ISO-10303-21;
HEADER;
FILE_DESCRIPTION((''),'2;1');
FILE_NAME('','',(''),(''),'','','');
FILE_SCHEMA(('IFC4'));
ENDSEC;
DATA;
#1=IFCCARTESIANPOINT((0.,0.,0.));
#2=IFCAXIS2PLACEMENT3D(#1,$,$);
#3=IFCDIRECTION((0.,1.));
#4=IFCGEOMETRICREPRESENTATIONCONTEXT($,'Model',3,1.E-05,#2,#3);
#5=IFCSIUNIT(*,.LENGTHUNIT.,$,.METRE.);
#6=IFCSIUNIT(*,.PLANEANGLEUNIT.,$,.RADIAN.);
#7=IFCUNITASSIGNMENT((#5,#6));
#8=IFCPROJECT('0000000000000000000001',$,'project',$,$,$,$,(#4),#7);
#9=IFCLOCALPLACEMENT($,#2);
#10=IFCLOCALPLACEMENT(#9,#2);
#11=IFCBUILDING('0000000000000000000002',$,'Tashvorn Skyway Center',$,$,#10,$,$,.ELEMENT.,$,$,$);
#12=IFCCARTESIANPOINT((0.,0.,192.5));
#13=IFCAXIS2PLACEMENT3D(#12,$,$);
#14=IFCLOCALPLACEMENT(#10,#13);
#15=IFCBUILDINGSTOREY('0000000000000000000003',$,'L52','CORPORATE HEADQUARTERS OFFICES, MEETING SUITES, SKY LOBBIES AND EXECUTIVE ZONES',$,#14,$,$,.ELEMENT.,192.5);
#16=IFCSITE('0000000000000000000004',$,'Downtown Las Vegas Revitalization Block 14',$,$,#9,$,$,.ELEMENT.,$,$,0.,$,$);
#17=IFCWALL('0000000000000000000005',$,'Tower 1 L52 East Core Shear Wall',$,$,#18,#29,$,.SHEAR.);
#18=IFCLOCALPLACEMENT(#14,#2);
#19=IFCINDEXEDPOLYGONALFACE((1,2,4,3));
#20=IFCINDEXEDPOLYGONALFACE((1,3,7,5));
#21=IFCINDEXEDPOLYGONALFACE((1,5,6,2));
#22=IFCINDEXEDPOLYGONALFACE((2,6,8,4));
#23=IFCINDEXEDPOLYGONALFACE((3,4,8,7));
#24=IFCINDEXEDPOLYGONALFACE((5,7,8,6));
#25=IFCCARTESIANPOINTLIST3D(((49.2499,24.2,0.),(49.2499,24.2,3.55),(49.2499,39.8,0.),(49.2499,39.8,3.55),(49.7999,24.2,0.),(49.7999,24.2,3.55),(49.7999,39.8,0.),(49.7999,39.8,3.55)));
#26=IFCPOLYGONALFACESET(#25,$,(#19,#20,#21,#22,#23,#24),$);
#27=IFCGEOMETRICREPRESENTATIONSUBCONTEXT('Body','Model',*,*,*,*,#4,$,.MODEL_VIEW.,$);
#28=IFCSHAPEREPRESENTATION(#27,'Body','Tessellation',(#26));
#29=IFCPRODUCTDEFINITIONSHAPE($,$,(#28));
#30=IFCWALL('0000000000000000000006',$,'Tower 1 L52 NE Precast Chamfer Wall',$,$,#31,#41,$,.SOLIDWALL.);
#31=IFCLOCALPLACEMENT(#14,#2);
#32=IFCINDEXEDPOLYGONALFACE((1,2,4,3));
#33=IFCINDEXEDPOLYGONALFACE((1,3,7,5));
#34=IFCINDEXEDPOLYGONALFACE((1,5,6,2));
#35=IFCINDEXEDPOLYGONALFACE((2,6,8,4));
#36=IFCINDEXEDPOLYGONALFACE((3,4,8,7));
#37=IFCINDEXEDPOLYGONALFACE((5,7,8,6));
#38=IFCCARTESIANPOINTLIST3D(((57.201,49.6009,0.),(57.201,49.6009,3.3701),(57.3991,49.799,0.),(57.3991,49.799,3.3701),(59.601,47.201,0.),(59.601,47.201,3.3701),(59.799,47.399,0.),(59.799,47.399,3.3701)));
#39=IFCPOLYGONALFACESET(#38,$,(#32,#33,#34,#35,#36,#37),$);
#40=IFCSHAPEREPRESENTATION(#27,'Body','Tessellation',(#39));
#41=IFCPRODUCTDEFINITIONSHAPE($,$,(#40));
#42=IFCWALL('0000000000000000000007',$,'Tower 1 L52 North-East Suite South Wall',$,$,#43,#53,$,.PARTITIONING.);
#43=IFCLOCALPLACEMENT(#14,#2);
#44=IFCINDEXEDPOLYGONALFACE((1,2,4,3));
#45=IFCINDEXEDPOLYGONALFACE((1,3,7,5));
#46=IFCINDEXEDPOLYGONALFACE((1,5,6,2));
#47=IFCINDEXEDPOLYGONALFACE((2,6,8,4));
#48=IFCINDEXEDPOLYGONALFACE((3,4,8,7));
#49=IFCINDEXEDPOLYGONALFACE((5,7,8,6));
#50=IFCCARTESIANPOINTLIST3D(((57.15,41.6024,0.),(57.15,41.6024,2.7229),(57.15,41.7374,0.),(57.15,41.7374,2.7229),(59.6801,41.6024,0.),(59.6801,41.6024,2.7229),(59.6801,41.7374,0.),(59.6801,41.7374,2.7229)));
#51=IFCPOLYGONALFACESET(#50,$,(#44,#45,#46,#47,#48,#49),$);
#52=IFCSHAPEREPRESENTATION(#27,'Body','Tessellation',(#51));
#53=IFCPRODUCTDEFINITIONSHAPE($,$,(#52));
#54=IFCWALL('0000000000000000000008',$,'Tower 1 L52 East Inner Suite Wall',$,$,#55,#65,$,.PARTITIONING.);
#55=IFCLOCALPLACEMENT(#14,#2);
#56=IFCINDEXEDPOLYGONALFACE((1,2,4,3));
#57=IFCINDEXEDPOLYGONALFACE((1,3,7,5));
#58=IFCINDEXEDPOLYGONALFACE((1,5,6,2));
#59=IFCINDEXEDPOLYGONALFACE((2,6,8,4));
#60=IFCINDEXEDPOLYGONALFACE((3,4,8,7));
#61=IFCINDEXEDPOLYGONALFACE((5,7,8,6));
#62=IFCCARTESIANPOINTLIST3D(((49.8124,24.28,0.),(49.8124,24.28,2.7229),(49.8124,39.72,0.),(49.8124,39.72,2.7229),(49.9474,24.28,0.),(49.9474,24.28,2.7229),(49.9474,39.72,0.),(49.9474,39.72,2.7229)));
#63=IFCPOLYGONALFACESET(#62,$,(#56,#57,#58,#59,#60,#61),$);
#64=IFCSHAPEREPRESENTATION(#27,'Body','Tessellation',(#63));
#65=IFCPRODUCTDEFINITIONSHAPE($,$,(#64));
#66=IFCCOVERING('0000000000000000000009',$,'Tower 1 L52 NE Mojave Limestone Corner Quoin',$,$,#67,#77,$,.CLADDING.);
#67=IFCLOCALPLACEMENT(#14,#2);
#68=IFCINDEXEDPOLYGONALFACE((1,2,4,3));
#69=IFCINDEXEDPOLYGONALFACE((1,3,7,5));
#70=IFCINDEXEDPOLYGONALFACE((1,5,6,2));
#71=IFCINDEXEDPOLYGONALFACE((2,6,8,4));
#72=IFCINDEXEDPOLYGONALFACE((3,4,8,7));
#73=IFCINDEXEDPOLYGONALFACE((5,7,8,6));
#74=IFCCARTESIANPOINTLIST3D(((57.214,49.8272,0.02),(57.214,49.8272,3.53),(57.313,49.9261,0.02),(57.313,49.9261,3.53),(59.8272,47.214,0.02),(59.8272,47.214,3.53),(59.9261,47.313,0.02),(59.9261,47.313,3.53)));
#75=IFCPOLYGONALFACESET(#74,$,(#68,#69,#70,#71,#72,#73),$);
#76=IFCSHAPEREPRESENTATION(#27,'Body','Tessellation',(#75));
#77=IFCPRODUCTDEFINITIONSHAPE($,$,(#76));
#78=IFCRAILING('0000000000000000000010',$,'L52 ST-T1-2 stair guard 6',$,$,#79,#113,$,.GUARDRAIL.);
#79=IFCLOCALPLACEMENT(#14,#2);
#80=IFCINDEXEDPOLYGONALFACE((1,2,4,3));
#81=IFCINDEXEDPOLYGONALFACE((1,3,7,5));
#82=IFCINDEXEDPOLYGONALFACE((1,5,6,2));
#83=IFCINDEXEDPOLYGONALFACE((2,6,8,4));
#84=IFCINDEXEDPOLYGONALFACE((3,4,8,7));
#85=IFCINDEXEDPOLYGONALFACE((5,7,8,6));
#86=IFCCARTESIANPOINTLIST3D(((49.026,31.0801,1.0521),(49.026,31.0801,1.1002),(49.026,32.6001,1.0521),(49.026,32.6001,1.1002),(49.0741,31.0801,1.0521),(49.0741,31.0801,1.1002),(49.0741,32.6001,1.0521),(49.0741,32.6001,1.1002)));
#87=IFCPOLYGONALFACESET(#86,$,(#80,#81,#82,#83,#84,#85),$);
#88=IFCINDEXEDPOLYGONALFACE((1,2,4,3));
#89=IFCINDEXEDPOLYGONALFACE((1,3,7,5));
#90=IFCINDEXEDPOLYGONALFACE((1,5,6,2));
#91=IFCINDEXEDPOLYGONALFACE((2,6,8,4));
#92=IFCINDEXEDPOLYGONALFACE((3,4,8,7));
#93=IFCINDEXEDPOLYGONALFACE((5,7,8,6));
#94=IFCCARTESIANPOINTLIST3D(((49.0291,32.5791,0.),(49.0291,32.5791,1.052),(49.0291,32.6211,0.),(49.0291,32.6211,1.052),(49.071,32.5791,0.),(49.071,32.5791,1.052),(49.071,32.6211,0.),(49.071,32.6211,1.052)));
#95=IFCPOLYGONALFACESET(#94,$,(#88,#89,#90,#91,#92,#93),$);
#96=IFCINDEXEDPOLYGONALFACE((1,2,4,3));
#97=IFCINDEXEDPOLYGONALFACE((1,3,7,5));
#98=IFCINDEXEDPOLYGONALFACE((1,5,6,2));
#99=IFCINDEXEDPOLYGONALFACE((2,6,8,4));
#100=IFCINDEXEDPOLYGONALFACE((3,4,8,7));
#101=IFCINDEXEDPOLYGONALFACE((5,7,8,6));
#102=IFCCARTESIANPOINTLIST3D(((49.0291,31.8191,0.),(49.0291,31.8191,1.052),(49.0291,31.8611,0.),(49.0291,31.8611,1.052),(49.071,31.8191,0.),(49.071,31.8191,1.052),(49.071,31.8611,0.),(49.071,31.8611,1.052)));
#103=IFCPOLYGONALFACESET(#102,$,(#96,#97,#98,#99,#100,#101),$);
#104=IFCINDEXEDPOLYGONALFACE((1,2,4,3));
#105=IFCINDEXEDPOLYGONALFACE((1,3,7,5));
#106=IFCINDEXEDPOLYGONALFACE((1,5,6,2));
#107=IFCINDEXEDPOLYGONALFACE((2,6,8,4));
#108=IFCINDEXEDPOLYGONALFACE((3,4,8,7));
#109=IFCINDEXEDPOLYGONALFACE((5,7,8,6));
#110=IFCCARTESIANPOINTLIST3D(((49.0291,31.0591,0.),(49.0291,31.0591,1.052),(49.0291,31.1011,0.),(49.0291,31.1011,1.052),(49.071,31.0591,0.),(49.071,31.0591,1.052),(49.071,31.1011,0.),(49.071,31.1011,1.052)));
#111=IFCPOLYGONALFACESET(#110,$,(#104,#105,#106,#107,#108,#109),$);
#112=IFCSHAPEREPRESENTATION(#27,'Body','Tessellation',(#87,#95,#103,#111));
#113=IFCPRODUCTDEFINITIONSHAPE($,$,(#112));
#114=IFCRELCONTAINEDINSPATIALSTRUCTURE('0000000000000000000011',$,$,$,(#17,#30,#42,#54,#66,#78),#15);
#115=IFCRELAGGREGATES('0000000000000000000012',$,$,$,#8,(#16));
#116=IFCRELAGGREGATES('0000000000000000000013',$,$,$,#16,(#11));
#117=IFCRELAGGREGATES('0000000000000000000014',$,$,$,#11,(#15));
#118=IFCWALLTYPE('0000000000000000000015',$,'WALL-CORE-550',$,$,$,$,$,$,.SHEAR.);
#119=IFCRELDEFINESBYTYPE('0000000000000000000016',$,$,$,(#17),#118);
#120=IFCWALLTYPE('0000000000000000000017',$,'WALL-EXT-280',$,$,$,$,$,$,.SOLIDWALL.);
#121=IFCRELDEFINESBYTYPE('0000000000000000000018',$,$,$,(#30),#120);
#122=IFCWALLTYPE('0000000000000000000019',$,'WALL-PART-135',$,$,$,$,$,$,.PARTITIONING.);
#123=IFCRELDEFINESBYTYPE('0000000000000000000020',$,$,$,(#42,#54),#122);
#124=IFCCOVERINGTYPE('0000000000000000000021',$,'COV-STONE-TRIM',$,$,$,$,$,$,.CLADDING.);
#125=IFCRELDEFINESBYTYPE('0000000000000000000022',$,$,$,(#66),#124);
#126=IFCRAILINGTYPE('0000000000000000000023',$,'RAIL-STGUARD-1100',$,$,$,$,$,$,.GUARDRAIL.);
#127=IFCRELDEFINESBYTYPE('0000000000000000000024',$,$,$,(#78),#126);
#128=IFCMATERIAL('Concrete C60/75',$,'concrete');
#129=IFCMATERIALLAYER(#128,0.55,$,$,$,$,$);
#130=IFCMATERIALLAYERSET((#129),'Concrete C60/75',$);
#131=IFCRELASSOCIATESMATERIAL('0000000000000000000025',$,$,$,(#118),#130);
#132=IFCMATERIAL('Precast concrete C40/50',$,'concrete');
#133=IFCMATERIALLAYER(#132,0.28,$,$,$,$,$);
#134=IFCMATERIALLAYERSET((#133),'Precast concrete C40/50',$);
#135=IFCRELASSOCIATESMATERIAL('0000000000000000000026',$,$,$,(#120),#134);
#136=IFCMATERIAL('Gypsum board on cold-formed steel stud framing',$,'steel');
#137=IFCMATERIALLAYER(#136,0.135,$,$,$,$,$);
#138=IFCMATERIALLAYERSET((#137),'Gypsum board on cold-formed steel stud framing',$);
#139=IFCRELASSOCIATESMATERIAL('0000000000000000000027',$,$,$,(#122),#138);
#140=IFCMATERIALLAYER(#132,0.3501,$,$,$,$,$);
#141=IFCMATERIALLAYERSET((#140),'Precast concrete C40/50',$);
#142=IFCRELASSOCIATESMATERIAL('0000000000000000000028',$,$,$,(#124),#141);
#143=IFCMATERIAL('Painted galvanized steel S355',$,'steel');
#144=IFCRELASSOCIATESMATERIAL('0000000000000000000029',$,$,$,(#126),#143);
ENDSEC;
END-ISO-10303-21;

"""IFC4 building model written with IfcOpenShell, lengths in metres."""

from ifc_helpers import new_model, si_unit, direction, frame, frame_2d, origin, origin_2d, place, context, subcontext, project, spatial, rectangle, extrude, material, layer, layer_set, type_object, element, save


model = new_model("IFC4")

# Units and contexts
model_context = context("Model", 3, precision=1e-05, world=origin(), true_north=direction((0.0, 1.0)))
body_context = subcontext(model_context, "Body", "Model", "MODEL_VIEW")
ifc_project = project(units=[si_unit("LENGTHUNIT", "METRE"), si_unit("PLANEANGLEUNIT", "RADIAN")], contexts=[model_context])

# Site, building, storey
site_placement = place(None, origin())
site = spatial("IfcSite", under=ifc_project, at=site_placement, Name="Downtown Las Vegas Revitalization Block 14", CompositionType="ELEMENT", RefElevation=0.0)
building_placement = place(site_placement, origin())
building = spatial("IfcBuilding", under=site, at=building_placement, Name="Tashvorn Skyway Center", CompositionType="ELEMENT")
storey_placement = place(building_placement, frame((0.0, 0.0, 192.5)))
storey = spatial("IfcBuildingStorey", under=building, at=storey_placement, Name="L52", Description="CORPORATE HEADQUARTERS OFFICES, MEETING SUITES, SKY LOBBIES AND EXECUTIVE ZONES", CompositionType="ELEMENT", Elevation=192.5)

# Walls
ifc_material_1 = material(Name="Concrete C60/75", Category="concrete")
ifc_layer_1 = layer(ifc_material_1, 0.55)
ifc_layer_set_1 = layer_set([ifc_layer_1], Name="Concrete C60/75")
wall_type_1 = type_object("IfcWallType", Name="WALL-CORE-550", PredefinedType="SHEAR", material=ifc_layer_set_1)
wall_1_placement = place(storey_placement, frame((49.5249, 39.8, 0.0), z_axis=(0.0, 0.0, 1.0), x_axis=(0.0, -1.0, 0.0)))
element("IfcWall", 1, at=wall_1_placement, inside=storey, type_object=wall_type_1, Name="Tower 1 L52 East Core Shear Wall", PredefinedType="SHEAR", context=body_context, shape_type="SweptSolid", body=[
    extrude(rectangle(XDim=15.6001, YDim=0.55, at=frame_2d((7.8, 0.0))), origin(), (0.0, 0.0, 1.0), 3.55),
])
ifc_material_2 = material(Name="Precast concrete C40/50", Category="concrete")
ifc_layer_2 = layer(ifc_material_2, 0.28)
ifc_layer_set_2 = layer_set([ifc_layer_2], Name="Precast concrete C40/50")
wall_type_2 = type_object("IfcWallType", Name="WALL-EXT-280", PredefinedType="SOLIDWALL", material=ifc_layer_set_2)
wall_2_placement = place(storey_placement, frame((57.3, 49.7, 0.0), z_axis=(0.0, 0.0, 1.0), x_axis=(0.707107, -0.707107, 0.0)))
element("IfcWall", 2, at=wall_2_placement, inside=storey, type_object=wall_type_2, Name="Tower 1 L52 NE Precast Chamfer Wall", PredefinedType="SOLIDWALL", context=body_context, shape_type="SweptSolid", body=[
    extrude(rectangle(XDim=3.394, YDim=0.28, at=frame_2d((1.697, 0.0))), origin(), (0.0, 0.0, 1.0), 3.3701),
])
ifc_material_3 = material(Name="Gypsum board on cold-formed steel stud framing", Category="steel")
ifc_layer_3 = layer(ifc_material_3, 0.135)
ifc_layer_set_3 = layer_set([ifc_layer_3], Name="Gypsum board on cold-formed steel stud framing")
wall_type_3 = type_object("IfcWallType", Name="WALL-PART-135", PredefinedType="PARTITIONING", material=ifc_layer_set_3)
wall_3_placement = place(storey_placement, frame((57.1499, 41.6699, 0.0), z_axis=(0.0, 0.0, 1.0), x_axis=(1.0, 0.0, 0.0)))
element("IfcWall", 3, at=wall_3_placement, inside=storey, type_object=wall_type_3, Name="Tower 1 L52 North-East Suite South Wall", PredefinedType="PARTITIONING", context=body_context, shape_type="SweptSolid", body=[
    extrude(rectangle(XDim=2.53, YDim=0.135, at=frame_2d((1.2651, 0.0))), origin(), (0.0, 0.0, 1.0), 2.7229),
])
wall_4_placement = place(storey_placement, frame((49.8799, 39.72, 0.0), z_axis=(0.0, 0.0, 1.0), x_axis=(0.0, -1.0, 0.0)))
element("IfcWall", 4, at=wall_4_placement, inside=storey, type_object=wall_type_3, Name="Tower 1 L52 East Inner Suite Wall", PredefinedType="PARTITIONING", context=body_context, shape_type="SweptSolid", body=[
    extrude(rectangle(XDim=15.4399, YDim=0.135, at=frame_2d((7.72, 0.0))), origin(), (0.0, 0.0, 1.0), 2.7229),
])

# Covering
ifc_layer_4 = layer(ifc_material_2, 0.3501)
ifc_layer_set_4 = layer_set([ifc_layer_4], Name="Precast concrete C40/50")
covering_type = type_object("IfcCoveringType", Name="COV-STONE-TRIM", PredefinedType="CLADDING", material=ifc_layer_set_4)
covering_placement = place(storey_placement, frame((58.5701, 48.5701, 0.02), z_axis=(0.0, 0.0, 1.0), x_axis=(0.707107, -0.707107, 0.0)))
element("IfcCovering", 5, at=covering_placement, inside=storey, type_object=covering_type, Name="Tower 1 L52 NE Mojave Limestone Corner Quoin", PredefinedType="CLADDING", context=body_context, shape_type="SweptSolid", body=[
    extrude(rectangle(XDim=3.6956, YDim=0.1399, at=origin_2d()), origin(), (0.0, 0.0, 1.0), 3.51),
])

# Railing
ifc_material_4 = material(Name="Painted galvanized steel S355", Category="steel")
railing_type = type_object("IfcRailingType", Name="RAIL-STGUARD-1100", PredefinedType="GUARDRAIL", material=ifc_material_4)
railing_placement = place(storey_placement, frame((49.05, 32.6001, 0.0)))
element("IfcRailing", 6, at=railing_placement, inside=storey, type_object=railing_type, Name="L52 ST-T1-2 stair guard 6", PredefinedType="GUARDRAIL", context=body_context, shape_type="SweptSolid", body=[
    extrude(rectangle(XDim=0.0481, YDim=0.0481, at=origin_2d()), frame((0.0, 0.0, 1.0762), z_axis=(0.0, -1.0, 0.0), x_axis=(1.0, 0.0, 0.0)), (0.0, 0.0, 1.0), 1.52),
    extrude(rectangle(XDim=0.042, YDim=0.042, at=origin_2d()), origin(), (0.0, 0.0, 1.0), 1.052),
    extrude(rectangle(XDim=0.042, YDim=0.042, at=origin_2d()), frame((0.0, -0.76, 0.0)), (0.0, 0.0, 1.0), 1.052),
    extrude(rectangle(XDim=0.042, YDim=0.042, at=origin_2d()), frame((0.0, -1.52, 0.0)), (0.0, 0.0, 1.0), 1.052),
])

save(model, "model.ifc")
